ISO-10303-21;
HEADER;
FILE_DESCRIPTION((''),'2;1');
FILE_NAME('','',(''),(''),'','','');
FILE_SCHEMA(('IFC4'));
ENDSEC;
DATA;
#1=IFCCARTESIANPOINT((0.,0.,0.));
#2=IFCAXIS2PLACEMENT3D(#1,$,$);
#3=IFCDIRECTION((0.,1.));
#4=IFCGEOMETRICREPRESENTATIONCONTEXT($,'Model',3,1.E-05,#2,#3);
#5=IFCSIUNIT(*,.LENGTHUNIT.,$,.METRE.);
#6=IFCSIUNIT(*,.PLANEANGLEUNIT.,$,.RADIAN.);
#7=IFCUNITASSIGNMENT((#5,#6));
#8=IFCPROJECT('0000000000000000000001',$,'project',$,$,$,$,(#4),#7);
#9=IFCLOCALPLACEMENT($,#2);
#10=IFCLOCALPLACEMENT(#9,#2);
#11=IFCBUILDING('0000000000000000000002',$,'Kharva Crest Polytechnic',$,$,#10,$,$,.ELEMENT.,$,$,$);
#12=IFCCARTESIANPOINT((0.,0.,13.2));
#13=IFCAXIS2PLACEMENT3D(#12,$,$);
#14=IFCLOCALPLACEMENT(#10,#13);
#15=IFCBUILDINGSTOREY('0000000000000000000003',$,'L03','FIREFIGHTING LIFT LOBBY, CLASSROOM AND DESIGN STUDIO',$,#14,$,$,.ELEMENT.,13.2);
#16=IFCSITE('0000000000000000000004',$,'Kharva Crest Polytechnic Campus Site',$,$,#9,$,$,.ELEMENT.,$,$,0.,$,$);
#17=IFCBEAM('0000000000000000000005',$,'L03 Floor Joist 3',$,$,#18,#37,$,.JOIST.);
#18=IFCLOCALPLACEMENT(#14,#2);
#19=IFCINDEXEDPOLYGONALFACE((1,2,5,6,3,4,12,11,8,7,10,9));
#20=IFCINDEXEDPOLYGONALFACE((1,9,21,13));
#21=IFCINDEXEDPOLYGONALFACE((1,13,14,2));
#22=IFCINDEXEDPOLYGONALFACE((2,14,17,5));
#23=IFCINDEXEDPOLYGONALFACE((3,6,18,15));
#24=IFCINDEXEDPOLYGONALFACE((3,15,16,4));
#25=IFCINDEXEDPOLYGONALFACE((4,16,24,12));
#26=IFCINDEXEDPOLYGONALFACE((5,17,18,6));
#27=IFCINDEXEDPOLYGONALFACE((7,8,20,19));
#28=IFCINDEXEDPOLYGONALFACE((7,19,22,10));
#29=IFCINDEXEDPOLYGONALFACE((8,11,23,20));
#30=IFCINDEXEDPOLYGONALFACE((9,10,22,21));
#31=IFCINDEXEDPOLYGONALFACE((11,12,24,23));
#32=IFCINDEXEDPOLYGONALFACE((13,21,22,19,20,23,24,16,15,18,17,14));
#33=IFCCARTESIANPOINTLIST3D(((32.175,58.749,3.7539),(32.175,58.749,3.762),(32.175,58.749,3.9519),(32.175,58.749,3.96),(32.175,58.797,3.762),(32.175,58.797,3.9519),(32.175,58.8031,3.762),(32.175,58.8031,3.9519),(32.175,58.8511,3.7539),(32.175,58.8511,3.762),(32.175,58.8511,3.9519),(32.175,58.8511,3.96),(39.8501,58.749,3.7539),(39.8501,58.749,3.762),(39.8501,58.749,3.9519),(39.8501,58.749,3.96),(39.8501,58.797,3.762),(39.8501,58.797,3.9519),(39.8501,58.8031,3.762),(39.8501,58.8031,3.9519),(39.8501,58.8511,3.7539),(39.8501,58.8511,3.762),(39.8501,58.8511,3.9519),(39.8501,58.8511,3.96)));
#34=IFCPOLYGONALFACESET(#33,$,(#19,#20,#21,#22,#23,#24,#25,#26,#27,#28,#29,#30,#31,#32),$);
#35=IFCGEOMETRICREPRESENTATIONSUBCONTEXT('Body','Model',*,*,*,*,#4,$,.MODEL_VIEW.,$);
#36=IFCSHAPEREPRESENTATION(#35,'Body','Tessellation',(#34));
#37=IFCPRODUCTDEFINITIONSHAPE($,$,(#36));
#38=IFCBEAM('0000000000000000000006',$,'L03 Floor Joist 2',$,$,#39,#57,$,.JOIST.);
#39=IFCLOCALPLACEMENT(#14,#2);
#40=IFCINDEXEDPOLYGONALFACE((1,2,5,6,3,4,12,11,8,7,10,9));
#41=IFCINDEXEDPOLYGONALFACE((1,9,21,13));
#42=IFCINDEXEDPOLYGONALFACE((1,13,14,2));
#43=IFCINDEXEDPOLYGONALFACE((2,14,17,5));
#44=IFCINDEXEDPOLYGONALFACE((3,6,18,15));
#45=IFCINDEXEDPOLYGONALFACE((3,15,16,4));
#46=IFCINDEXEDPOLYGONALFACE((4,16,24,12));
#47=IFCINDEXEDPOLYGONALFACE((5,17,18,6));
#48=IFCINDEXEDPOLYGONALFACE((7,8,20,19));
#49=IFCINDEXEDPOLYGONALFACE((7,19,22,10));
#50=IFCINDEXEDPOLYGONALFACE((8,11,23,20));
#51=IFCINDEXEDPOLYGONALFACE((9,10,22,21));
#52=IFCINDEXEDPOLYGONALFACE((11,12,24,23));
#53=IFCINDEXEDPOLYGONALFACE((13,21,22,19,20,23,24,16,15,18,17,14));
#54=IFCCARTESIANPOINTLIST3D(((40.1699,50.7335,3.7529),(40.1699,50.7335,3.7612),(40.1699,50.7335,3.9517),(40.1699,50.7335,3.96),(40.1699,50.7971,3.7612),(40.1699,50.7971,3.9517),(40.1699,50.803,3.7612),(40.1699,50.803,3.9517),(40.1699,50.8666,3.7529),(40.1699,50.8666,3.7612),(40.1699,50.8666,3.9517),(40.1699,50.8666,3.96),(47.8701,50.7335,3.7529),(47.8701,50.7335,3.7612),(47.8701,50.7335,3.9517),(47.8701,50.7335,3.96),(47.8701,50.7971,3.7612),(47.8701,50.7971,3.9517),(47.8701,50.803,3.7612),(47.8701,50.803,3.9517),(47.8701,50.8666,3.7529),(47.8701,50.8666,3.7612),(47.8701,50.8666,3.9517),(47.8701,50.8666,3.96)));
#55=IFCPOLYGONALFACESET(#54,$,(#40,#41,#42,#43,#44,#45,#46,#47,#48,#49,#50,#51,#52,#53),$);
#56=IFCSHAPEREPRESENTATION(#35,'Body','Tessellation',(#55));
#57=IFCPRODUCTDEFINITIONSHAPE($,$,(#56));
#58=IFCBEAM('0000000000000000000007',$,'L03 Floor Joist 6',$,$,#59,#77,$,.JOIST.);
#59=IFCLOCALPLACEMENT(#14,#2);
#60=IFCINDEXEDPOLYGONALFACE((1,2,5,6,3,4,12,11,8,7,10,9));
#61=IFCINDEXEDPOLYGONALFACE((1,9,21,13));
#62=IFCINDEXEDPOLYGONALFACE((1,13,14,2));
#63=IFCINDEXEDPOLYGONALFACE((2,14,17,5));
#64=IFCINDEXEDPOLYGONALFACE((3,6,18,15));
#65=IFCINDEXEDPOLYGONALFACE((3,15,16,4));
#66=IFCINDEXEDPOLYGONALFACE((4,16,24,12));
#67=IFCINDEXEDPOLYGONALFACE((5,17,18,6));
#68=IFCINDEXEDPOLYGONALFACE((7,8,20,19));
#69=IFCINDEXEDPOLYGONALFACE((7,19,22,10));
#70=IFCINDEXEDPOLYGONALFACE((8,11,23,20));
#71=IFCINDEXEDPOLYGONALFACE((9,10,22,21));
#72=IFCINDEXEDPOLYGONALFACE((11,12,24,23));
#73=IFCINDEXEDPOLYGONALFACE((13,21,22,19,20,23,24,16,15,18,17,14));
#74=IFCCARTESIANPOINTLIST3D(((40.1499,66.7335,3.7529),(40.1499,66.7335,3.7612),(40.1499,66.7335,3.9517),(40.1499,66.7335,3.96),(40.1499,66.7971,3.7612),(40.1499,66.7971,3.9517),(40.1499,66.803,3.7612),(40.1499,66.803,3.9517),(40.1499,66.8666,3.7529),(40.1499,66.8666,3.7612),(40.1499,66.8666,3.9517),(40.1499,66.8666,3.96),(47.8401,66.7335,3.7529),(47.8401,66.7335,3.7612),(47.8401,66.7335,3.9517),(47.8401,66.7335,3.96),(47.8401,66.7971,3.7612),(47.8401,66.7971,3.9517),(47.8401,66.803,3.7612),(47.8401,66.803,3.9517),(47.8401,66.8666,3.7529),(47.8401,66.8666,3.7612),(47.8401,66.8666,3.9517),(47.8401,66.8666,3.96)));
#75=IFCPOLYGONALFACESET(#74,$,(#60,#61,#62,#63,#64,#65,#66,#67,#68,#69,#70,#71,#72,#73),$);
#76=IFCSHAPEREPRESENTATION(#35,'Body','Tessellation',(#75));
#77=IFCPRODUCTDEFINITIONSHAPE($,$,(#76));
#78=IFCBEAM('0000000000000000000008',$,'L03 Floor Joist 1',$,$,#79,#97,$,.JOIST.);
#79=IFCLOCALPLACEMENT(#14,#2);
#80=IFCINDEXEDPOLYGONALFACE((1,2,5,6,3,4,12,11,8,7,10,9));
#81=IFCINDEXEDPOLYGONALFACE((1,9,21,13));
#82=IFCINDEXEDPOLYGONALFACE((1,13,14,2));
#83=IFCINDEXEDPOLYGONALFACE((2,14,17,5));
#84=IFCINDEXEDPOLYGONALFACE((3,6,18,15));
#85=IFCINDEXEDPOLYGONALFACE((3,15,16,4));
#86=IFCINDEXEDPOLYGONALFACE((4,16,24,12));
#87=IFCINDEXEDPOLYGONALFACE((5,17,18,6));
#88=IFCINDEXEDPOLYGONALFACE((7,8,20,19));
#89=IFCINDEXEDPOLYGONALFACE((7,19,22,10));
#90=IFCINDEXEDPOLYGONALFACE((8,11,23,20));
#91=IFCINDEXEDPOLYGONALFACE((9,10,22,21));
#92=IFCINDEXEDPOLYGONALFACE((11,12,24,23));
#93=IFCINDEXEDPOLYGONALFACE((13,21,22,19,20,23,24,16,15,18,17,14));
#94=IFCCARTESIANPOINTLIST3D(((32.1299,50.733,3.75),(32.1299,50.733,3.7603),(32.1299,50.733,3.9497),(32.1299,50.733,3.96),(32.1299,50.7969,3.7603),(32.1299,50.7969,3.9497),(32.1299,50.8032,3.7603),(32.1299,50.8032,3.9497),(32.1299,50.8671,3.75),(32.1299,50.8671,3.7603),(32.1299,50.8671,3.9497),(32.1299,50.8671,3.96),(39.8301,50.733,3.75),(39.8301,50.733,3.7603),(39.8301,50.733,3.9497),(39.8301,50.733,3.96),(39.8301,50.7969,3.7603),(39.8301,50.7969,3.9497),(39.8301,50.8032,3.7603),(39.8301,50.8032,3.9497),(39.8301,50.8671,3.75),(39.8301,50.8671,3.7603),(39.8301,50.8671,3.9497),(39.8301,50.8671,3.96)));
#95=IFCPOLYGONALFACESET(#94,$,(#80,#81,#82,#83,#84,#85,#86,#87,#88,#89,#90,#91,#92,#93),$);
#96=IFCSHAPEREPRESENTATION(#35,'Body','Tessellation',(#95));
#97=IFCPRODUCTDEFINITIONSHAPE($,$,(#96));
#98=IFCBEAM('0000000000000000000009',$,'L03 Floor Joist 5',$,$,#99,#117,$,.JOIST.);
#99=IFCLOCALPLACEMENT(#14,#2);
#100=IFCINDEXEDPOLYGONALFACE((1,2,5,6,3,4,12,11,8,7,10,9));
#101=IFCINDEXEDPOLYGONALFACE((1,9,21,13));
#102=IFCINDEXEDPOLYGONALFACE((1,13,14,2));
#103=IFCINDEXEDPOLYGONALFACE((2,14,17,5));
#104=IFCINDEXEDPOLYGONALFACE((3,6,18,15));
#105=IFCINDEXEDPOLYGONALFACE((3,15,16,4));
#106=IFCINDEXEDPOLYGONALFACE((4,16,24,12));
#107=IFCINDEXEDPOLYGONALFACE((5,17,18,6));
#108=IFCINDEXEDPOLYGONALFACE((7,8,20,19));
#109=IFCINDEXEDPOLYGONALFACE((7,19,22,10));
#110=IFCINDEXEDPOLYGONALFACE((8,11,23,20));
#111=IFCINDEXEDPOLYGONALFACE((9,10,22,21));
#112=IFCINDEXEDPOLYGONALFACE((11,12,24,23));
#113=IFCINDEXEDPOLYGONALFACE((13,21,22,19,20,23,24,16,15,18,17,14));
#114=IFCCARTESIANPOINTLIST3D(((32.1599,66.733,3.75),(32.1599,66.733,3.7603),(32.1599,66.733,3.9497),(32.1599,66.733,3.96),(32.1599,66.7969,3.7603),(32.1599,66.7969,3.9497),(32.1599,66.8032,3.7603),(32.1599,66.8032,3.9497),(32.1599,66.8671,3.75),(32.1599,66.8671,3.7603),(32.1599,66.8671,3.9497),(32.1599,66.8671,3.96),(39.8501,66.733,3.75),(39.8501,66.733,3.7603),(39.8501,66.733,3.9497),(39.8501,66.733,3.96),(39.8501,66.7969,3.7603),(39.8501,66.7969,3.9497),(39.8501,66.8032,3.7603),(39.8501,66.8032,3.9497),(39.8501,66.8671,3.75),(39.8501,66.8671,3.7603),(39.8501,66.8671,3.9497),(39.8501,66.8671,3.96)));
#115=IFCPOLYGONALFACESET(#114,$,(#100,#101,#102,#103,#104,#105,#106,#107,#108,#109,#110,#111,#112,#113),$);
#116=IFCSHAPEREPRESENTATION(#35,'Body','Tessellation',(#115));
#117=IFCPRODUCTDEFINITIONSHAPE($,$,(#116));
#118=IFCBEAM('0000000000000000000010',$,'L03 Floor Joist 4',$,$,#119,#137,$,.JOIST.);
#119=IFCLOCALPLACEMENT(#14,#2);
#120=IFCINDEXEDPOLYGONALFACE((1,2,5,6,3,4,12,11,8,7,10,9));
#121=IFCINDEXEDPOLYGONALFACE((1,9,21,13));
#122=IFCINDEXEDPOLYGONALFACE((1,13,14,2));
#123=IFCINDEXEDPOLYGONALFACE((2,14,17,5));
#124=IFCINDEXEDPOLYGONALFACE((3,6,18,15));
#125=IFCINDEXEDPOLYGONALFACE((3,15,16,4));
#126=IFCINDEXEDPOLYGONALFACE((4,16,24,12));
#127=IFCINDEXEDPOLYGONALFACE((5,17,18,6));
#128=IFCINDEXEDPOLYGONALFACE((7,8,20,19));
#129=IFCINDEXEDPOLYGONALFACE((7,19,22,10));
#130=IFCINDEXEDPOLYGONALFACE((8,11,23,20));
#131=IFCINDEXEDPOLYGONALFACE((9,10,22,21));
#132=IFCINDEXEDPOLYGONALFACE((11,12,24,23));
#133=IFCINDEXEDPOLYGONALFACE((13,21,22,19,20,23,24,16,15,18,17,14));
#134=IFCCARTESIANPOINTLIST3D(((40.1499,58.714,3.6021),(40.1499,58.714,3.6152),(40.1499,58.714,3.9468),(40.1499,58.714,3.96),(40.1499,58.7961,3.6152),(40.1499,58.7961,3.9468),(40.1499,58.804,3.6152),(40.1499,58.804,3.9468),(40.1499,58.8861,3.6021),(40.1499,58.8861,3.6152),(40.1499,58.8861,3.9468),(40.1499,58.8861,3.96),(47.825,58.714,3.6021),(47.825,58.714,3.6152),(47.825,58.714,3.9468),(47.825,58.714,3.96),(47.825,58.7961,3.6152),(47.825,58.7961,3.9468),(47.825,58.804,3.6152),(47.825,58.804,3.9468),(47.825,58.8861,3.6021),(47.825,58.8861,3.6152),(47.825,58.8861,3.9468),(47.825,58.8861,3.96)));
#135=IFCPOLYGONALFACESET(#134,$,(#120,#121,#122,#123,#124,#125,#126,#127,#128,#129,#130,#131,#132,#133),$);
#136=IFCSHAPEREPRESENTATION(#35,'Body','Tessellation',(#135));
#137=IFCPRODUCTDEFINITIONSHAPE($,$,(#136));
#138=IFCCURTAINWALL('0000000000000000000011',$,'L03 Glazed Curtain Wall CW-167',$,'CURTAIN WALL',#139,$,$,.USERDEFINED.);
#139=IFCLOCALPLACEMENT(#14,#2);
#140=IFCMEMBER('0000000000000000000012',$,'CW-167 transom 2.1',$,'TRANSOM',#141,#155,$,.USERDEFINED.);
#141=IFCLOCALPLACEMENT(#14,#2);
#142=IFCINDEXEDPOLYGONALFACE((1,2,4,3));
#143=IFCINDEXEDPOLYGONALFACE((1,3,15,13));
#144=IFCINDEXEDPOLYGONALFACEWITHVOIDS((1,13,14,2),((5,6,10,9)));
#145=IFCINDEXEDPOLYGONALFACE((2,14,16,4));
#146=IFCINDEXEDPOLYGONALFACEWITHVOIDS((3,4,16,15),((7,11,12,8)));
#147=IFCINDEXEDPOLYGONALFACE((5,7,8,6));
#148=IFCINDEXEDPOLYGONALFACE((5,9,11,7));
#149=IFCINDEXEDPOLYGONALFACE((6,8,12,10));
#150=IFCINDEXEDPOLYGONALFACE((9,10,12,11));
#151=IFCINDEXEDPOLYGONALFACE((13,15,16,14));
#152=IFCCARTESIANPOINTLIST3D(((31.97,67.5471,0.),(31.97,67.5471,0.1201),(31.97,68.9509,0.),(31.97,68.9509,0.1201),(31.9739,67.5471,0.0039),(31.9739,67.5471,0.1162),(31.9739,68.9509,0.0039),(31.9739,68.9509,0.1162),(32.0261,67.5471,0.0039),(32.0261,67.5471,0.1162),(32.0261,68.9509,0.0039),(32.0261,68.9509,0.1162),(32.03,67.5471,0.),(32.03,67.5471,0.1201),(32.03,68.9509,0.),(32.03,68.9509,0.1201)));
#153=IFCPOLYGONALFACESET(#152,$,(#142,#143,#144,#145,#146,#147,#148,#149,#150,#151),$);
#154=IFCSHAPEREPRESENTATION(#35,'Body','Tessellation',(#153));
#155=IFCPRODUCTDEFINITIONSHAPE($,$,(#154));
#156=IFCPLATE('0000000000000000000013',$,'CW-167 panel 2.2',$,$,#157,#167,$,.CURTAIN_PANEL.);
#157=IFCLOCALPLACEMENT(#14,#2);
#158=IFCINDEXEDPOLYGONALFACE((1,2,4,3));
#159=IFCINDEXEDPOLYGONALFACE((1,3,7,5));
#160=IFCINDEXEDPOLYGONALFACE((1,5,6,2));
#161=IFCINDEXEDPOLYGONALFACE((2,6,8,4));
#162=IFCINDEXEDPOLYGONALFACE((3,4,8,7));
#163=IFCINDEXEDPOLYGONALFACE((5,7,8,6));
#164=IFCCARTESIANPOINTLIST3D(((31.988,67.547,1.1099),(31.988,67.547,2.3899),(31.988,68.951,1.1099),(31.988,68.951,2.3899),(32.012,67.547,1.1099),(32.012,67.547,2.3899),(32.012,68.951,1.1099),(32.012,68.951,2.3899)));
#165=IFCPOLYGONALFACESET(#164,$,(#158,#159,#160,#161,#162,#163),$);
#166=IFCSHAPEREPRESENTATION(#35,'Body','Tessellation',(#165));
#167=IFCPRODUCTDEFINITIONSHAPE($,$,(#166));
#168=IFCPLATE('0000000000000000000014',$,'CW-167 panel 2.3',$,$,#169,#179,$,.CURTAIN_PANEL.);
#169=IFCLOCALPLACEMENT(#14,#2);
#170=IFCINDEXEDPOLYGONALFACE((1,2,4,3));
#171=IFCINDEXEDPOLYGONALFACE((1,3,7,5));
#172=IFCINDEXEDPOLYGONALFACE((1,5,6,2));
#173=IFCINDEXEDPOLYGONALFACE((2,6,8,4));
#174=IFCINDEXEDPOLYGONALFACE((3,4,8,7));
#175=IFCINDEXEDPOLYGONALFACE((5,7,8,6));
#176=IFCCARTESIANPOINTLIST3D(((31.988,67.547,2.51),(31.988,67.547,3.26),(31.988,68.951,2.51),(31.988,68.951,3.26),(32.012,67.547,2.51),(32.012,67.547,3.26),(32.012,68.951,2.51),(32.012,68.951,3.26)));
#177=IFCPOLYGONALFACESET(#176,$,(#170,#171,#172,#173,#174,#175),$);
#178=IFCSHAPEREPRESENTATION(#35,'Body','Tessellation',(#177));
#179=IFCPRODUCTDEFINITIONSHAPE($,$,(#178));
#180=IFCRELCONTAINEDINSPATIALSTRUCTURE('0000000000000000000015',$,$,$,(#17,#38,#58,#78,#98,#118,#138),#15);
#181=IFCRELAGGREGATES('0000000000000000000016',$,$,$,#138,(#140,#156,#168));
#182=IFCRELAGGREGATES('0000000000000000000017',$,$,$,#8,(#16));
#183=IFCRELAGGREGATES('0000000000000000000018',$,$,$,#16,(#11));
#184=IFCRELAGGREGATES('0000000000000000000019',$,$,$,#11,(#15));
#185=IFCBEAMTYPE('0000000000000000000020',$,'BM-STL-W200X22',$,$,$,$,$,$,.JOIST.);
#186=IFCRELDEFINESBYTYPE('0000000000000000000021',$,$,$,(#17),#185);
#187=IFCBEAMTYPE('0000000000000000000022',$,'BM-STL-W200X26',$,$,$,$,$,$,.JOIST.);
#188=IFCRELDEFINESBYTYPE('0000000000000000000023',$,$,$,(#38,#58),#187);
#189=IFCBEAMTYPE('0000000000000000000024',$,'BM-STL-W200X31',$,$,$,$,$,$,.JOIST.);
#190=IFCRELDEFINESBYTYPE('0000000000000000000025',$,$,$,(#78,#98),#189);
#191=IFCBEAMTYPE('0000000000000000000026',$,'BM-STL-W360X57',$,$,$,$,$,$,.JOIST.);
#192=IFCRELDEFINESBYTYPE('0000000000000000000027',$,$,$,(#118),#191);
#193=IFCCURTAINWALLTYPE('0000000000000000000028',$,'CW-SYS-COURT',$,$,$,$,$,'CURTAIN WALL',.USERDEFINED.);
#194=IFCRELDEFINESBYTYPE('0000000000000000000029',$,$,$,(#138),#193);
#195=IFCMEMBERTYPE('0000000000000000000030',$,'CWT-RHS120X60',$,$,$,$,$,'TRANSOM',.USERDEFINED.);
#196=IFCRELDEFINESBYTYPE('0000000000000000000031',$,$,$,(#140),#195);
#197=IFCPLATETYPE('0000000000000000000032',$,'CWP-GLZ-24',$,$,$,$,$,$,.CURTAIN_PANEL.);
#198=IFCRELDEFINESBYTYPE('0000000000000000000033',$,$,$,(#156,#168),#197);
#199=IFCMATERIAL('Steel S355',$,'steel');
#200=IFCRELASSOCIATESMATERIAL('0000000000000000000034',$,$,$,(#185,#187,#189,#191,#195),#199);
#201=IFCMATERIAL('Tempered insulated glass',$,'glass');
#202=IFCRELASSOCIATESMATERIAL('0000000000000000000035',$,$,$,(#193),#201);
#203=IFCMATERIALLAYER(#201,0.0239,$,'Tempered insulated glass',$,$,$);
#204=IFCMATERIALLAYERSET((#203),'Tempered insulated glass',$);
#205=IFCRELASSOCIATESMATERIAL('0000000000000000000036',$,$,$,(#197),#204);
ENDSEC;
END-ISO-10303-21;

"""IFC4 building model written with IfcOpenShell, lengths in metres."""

from ifc_helpers import new_model, si_unit, direction, frame, origin, origin_2d, place, context, subcontext, project, spatial, rectangle, hollow_rectangle, i_section, extrude, material, layer, layer_set, material_profile, profile_set, type_object, element, aggregate, save


model = new_model("IFC4")

# Units and contexts
model_context = context("Model", 3, precision=1e-05, world=origin(), true_north=direction((0.0, 1.0)))
body_context = subcontext(model_context, "Body", "Model", "MODEL_VIEW")
ifc_project = project(units=[si_unit("LENGTHUNIT", "METRE"), si_unit("PLANEANGLEUNIT", "RADIAN")], contexts=[model_context])

# Site, building, storey
site_placement = place(None, origin())
site = spatial("IfcSite", under=ifc_project, at=site_placement, Name="Kharva Crest Polytechnic Campus Site", CompositionType="ELEMENT", RefElevation=0.0)
building_placement = place(site_placement, origin())
building = spatial("IfcBuilding", under=site, at=building_placement, Name="Kharva Crest Polytechnic", CompositionType="ELEMENT")
storey_placement = place(building_placement, frame((0.0, 0.0, 13.2)))
storey = spatial("IfcBuildingStorey", under=building, at=storey_placement, Name="L03", Description="FIREFIGHTING LIFT LOBBY, CLASSROOM AND DESIGN STUDIO", CompositionType="ELEMENT", Elevation=13.2)

# Beams
ifc_material_1 = material(Name="Steel S355", Category="steel")
ifc_material_profile_1 = material_profile(ifc_material_1, i_section(OverallWidth=0.1021, OverallDepth=0.2061, WebThickness=0.0061, FlangeThickness=0.0081, at=origin_2d()), Name="W200X22.5")
ifc_profile_set_1 = profile_set([ifc_material_profile_1], Name="Steel S355")
beam_type_1 = type_object("IfcBeamType", Name="BM-STL-W200X22", PredefinedType="JOIST", material=ifc_profile_set_1)
beam_1_placement = place(storey_placement, frame((32.175, 58.8, 3.8569), z_axis=(1.0, 0.0, 0.0), x_axis=(0.0, 1.0, 0.0)))
element("IfcBeam", 1, at=beam_1_placement, inside=storey, type_object=beam_type_1, Name="L03 Floor Joist 3", PredefinedType="JOIST", context=body_context, shape_type="SweptSolid", body=[
    extrude(i_section(OverallWidth=0.1021, OverallDepth=0.2061, WebThickness=0.0061, FlangeThickness=0.0081, at=origin_2d()), origin(), (0.0, 0.0, 1.0), 7.675),
])
ifc_material_profile_2 = material_profile(ifc_material_1, i_section(OverallWidth=0.1331, OverallDepth=0.207, WebThickness=0.0059, FlangeThickness=0.0083, at=origin_2d()), Name="W200X26.6")
ifc_profile_set_2 = profile_set([ifc_material_profile_2], Name="Steel S355")
beam_type_2 = type_object("IfcBeamType", Name="BM-STL-W200X26", PredefinedType="JOIST", material=ifc_profile_set_2)
beam_2_placement = place(storey_placement, frame((40.1699, 50.8, 3.8564), z_axis=(1.0, 0.0, 0.0), x_axis=(0.0, 1.0, 0.0)))
element("IfcBeam", 2, at=beam_2_placement, inside=storey, type_object=beam_type_2, Name="L03 Floor Joist 2", PredefinedType="JOIST", context=body_context, shape_type="SweptSolid", body=[
    extrude(i_section(OverallWidth=0.1331, OverallDepth=0.207, WebThickness=0.0059, FlangeThickness=0.0083, at=origin_2d()), origin(), (0.0, 0.0, 1.0), 7.7002),
])
beam_3_placement = place(storey_placement, frame((40.1499, 66.8, 3.8564), z_axis=(1.0, 0.0, 0.0), x_axis=(0.0, 1.0, 0.0)))
element("IfcBeam", 3, at=beam_3_placement, inside=storey, type_object=beam_type_2, Name="L03 Floor Joist 6", PredefinedType="JOIST", context=body_context, shape_type="SweptSolid", body=[
    extrude(i_section(OverallWidth=0.1331, OverallDepth=0.207, WebThickness=0.0059, FlangeThickness=0.0083, at=origin_2d()), origin(), (0.0, 0.0, 1.0), 7.6902),
])
ifc_material_profile_3 = material_profile(ifc_material_1, i_section(OverallWidth=0.134, OverallDepth=0.21, WebThickness=0.0063, FlangeThickness=0.0103, at=origin_2d()), Name="W200X31.3")
ifc_profile_set_3 = profile_set([ifc_material_profile_3], Name="Steel S355")
beam_type_3 = type_object("IfcBeamType", Name="BM-STL-W200X31", PredefinedType="JOIST", material=ifc_profile_set_3)
beam_4_placement = place(storey_placement, frame((32.1299, 50.8, 3.855), z_axis=(1.0, 0.0, 0.0), x_axis=(0.0, 1.0, 0.0)))
element("IfcBeam", 4, at=beam_4_placement, inside=storey, type_object=beam_type_3, Name="L03 Floor Joist 1", PredefinedType="JOIST", context=body_context, shape_type="SweptSolid", body=[
    extrude(i_section(OverallWidth=0.134, OverallDepth=0.21, WebThickness=0.0063, FlangeThickness=0.0103, at=origin_2d()), origin(), (0.0, 0.0, 1.0), 7.7002),
])
beam_5_placement = place(storey_placement, frame((32.1599, 66.8, 3.855), z_axis=(1.0, 0.0, 0.0), x_axis=(0.0, 1.0, 0.0)))
element("IfcBeam", 5, at=beam_5_placement, inside=storey, type_object=beam_type_3, Name="L03 Floor Joist 5", PredefinedType="JOIST", context=body_context, shape_type="SweptSolid", body=[
    extrude(i_section(OverallWidth=0.134, OverallDepth=0.21, WebThickness=0.0063, FlangeThickness=0.0103, at=origin_2d()), origin(), (0.0, 0.0, 1.0), 7.6902),
])
ifc_material_profile_4 = material_profile(ifc_material_1, i_section(OverallWidth=0.1721, OverallDepth=0.3579, WebThickness=0.0078, FlangeThickness=0.0132, at=origin_2d()), Name="W360X57.8")
ifc_profile_set_4 = profile_set([ifc_material_profile_4], Name="Steel S355")
beam_type_4 = type_object("IfcBeamType", Name="BM-STL-W360X57", PredefinedType="JOIST", material=ifc_profile_set_4)
beam_6_placement = place(storey_placement, frame((40.1499, 58.8, 3.781), z_axis=(1.0, 0.0, 0.0), x_axis=(0.0, 1.0, 0.0)))
element("IfcBeam", 6, at=beam_6_placement, inside=storey, type_object=beam_type_4, Name="L03 Floor Joist 4", PredefinedType="JOIST", context=body_context, shape_type="SweptSolid", body=[
    extrude(i_section(OverallWidth=0.1721, OverallDepth=0.3579, WebThickness=0.0078, FlangeThickness=0.0132, at=origin_2d()), origin(), (0.0, 0.0, 1.0), 7.675),
])

# Curtain wall, member, plates
ifc_material_2 = material(Name="Tempered insulated glass", Category="glass")
curtain_wall_type = type_object("IfcCurtainWallType", Name="CW-SYS-COURT", ElementType="CURTAIN WALL", PredefinedType="USERDEFINED", material=ifc_material_2)
curtain_wall_placement = place(storey_placement, origin())
curtain_wall = element("IfcCurtainWall", 7, at=curtain_wall_placement, inside=storey, type_object=curtain_wall_type, Name="L03 Glazed Curtain Wall CW-167", ObjectType="CURTAIN WALL", PredefinedType="USERDEFINED")
ifc_material_profile_5 = material_profile(ifc_material_1, hollow_rectangle(XDim=0.0601, YDim=0.1201, WallThickness=0.0039, at=origin_2d()), Name="RHS 120X60X4.0")
ifc_profile_set_5 = profile_set([ifc_material_profile_5], Name="Steel S355")
member_type = type_object("IfcMemberType", Name="CWT-RHS120X60", ElementType="TRANSOM", PredefinedType="USERDEFINED", material=ifc_profile_set_5)
member_placement = place(storey_placement, frame((32.0, 68.9509, 0.0601), z_axis=(0.0, -1.0, 0.0), x_axis=(1.0, 0.0, 0.0)))
member = element("IfcMember", 8, at=member_placement, type_object=member_type, Name="CW-167 transom 2.1", ObjectType="TRANSOM", PredefinedType="USERDEFINED", context=body_context, shape_type="SweptSolid", body=[
    extrude(hollow_rectangle(XDim=0.0601, YDim=0.1201, WallThickness=0.0039, at=origin_2d()), origin(), (0.0, 0.0, 1.0), 1.4038),
])
ifc_layer_1 = layer(ifc_material_2, 0.0239, Name="Tempered insulated glass")
ifc_layer_set_1 = layer_set([ifc_layer_1], Name="Tempered insulated glass")
plate_type = type_object("IfcPlateType", Name="CWP-GLZ-24", PredefinedType="CURTAIN_PANEL", material=ifc_layer_set_1)
plate_1_placement = place(storey_placement, frame((32.0, 68.249, 1.1099), z_axis=(0.0, 0.0, 1.0), x_axis=(0.0, -1.0, 0.0)))
plate_1 = element("IfcPlate", 9, at=plate_1_placement, type_object=plate_type, Name="CW-167 panel 2.2", PredefinedType="CURTAIN_PANEL", context=body_context, shape_type="SweptSolid", body=[
    extrude(rectangle(XDim=1.4041, YDim=0.0239, at=origin_2d()), origin(), (0.0, 0.0, 1.0), 1.28),
])
plate_2_placement = place(storey_placement, frame((32.0, 68.249, 2.51), z_axis=(0.0, 0.0, 1.0), x_axis=(0.0, -1.0, 0.0)))
plate_2 = element("IfcPlate", 10, at=plate_2_placement, type_object=plate_type, Name="CW-167 panel 2.3", PredefinedType="CURTAIN_PANEL", context=body_context, shape_type="SweptSolid", body=[
    extrude(rectangle(XDim=1.4041, YDim=0.0239, at=origin_2d()), origin(), (0.0, 0.0, 1.0), 0.75),
])
aggregate(curtain_wall, [member, plate_1, plate_2])

save(model, "model.ifc")
